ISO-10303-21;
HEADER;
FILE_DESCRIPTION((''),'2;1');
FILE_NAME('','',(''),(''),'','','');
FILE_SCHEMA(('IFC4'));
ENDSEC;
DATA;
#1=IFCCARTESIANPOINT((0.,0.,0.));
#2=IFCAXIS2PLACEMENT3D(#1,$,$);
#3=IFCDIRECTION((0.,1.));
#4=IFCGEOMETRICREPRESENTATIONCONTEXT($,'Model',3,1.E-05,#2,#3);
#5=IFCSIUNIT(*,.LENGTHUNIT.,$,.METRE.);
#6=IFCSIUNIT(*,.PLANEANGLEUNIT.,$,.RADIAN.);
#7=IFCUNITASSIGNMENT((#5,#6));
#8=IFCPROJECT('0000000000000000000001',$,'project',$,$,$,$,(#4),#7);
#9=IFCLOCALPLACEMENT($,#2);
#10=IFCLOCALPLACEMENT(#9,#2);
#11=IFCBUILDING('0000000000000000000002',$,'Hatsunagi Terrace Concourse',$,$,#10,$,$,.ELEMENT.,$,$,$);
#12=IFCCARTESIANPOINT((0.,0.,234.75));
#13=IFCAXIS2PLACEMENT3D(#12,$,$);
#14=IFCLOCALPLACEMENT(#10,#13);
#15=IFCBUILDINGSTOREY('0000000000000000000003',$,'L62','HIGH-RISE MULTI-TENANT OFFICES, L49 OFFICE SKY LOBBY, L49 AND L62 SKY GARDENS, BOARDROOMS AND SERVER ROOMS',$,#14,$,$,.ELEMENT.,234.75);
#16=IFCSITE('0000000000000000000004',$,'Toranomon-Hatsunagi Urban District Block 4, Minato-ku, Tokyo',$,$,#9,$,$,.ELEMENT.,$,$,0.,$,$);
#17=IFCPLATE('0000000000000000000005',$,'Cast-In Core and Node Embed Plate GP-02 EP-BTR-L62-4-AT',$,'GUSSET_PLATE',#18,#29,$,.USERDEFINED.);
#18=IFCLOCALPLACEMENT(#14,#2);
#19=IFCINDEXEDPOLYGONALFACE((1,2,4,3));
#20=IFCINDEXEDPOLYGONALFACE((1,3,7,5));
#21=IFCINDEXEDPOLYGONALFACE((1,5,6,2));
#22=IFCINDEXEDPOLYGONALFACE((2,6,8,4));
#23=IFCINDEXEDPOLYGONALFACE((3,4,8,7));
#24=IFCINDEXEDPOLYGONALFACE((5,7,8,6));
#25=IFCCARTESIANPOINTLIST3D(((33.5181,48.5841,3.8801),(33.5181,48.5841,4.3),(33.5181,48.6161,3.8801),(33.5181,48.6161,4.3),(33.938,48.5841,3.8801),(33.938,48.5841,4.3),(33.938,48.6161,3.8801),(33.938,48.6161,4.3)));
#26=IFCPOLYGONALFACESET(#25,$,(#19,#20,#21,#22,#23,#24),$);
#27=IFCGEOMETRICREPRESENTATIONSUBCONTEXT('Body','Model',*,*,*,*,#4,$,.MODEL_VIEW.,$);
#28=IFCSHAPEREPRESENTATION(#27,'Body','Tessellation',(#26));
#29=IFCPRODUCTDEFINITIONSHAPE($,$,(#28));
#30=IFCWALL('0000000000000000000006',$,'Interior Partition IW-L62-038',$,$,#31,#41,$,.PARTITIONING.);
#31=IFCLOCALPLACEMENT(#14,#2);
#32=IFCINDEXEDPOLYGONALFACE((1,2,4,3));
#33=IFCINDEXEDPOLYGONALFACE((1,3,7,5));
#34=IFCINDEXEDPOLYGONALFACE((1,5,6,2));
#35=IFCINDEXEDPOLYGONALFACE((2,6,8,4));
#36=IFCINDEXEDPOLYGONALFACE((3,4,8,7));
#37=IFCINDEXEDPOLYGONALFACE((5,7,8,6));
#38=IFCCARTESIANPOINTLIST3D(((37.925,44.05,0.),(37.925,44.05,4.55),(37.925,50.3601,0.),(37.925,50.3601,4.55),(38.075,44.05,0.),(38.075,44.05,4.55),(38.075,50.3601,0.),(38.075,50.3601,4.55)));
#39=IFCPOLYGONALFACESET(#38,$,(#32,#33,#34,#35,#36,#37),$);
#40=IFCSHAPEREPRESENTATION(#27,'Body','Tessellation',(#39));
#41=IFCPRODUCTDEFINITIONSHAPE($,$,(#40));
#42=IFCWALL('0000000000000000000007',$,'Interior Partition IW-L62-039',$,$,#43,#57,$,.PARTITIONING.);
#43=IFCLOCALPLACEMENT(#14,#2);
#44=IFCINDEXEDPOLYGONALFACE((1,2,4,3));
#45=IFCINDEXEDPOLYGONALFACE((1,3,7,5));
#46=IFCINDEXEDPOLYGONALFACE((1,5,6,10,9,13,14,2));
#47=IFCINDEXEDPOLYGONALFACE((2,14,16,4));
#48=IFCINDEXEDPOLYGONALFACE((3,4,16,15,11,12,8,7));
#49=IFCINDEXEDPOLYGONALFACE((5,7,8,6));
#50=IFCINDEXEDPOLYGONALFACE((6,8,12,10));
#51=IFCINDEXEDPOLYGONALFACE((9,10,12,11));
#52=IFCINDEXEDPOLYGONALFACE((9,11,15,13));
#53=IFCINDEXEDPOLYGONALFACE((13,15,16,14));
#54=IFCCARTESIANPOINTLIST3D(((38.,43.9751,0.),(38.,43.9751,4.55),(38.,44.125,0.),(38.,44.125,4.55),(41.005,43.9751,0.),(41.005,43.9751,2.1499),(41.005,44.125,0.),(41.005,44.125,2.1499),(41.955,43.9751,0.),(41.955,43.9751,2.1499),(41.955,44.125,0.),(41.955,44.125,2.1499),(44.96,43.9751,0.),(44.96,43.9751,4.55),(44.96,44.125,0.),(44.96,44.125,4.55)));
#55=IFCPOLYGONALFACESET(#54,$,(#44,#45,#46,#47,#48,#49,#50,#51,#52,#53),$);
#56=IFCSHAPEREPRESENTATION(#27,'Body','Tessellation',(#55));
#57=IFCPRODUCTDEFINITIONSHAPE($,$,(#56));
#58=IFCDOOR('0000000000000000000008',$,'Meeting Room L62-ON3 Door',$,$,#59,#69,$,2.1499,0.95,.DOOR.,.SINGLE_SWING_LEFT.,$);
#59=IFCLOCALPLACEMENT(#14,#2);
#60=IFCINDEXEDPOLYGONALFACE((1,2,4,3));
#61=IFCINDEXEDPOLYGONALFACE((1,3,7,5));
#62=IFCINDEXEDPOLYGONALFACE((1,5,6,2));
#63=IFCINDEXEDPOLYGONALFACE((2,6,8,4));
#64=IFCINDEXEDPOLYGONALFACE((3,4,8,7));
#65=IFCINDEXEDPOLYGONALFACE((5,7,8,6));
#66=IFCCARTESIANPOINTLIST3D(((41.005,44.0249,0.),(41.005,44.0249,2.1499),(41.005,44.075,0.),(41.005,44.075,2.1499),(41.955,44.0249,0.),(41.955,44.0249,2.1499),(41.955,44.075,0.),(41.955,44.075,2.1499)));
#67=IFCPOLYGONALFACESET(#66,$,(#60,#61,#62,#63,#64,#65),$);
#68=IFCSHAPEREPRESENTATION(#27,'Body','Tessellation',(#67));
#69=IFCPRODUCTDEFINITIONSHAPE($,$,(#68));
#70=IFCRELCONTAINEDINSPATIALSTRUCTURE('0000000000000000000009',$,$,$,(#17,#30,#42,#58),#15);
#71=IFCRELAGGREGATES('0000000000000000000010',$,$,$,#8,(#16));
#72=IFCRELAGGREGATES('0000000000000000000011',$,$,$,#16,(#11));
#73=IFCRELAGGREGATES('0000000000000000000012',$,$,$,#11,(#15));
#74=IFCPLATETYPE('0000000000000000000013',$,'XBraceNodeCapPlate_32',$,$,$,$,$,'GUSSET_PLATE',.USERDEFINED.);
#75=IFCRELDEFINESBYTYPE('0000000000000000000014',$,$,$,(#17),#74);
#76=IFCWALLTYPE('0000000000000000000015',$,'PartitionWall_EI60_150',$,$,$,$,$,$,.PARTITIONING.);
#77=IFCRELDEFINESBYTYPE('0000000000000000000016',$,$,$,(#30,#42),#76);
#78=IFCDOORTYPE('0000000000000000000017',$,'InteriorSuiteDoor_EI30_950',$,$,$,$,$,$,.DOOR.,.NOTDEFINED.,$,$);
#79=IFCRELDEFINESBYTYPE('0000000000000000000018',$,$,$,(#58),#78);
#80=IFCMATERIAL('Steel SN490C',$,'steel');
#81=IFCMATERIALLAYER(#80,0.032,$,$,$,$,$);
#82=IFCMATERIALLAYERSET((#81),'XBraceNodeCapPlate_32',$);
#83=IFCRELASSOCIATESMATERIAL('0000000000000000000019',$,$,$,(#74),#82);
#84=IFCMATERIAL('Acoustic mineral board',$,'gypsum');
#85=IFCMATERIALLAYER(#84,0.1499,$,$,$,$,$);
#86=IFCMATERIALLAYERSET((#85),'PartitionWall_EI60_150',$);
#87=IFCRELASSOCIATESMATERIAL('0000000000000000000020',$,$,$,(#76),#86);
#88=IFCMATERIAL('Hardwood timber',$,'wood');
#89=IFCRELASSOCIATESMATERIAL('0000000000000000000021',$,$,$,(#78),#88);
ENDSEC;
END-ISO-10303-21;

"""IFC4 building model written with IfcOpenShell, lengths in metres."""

from ifc_helpers import new_model, si_unit, direction, frame, frame_2d, origin, origin_2d, place, context, subcontext, project, spatial, rectangle, extrude, material, layer, layer_set, type_object, element, fill, save


model = new_model("IFC4")

# Units and contexts
model_context = context("Model", 3, precision=1e-05, world=origin(), true_north=direction((0.0, 1.0)))
body_context = subcontext(model_context, "Body", "Model", "MODEL_VIEW")
ifc_project = project(units=[si_unit("LENGTHUNIT", "METRE"), si_unit("PLANEANGLEUNIT", "RADIAN")], contexts=[model_context])

# Site, building, storey
site_placement = place(None, origin())
site = spatial("IfcSite", under=ifc_project, at=site_placement, Name="Toranomon-Hatsunagi Urban District Block 4, Minato-ku, Tokyo", CompositionType="ELEMENT", RefElevation=0.0)
building_placement = place(site_placement, origin())
building = spatial("IfcBuilding", under=site, at=building_placement, Name="Hatsunagi Terrace Concourse", CompositionType="ELEMENT")
storey_placement = place(building_placement, frame((0.0, 0.0, 234.75)))
storey = spatial("IfcBuildingStorey", under=building, at=storey_placement, Name="L62", Description="HIGH-RISE MULTI-TENANT OFFICES, L49 OFFICE SKY LOBBY, L49 AND L62 SKY GARDENS, BOARDROOMS AND SERVER ROOMS", CompositionType="ELEMENT", Elevation=234.75)

# Plate
ifc_material_1 = material(Name="Steel SN490C", Category="steel")
ifc_layer_1 = layer(ifc_material_1, 0.032)
ifc_layer_set_1 = layer_set([ifc_layer_1], Name="XBraceNodeCapPlate_32")
plate_type = type_object("IfcPlateType", Name="XBraceNodeCapPlate_32", ElementType="GUSSET_PLATE", PredefinedType="USERDEFINED", material=ifc_layer_set_1)
for number, where, z_axis, x_axis, name in (
    (1, (33.728, 48.6001, 3.8801), (0.0, 0.0, 1.0), (1.0, 0.0, 0.0), "Cast-In Core and Node Embed Plate GP-02 EP-BTR-L62-4-AT"),
):
    element("IfcPlate", number, at=place(storey_placement, frame(where, z_axis=z_axis, x_axis=x_axis)), inside=storey, type_object=plate_type, Name=name, ObjectType="GUSSET_PLATE", PredefinedType="USERDEFINED", context=body_context, shape_type="SweptSolid", body=[
        extrude(rectangle(XDim=0.4199, YDim=0.032, at=origin_2d()), origin(), (0.0, 0.0, 1.0), 0.4199),
    ])

# Wall
ifc_material_2 = material(Name="Acoustic mineral board", Category="gypsum")
ifc_layer_2 = layer(ifc_material_2, 0.1499)
ifc_layer_set_2 = layer_set([ifc_layer_2], Name="PartitionWall_EI60_150")
wall_type = type_object("IfcWallType", Name="PartitionWall_EI60_150", PredefinedType="PARTITIONING", material=ifc_layer_set_2)
wall_1_placement = place(storey_placement, frame((38.0, 44.05, 0.0), z_axis=(0.0, 0.0, 1.0), x_axis=(0.0, 1.0, 0.0)))
element("IfcWall", 2, at=wall_1_placement, inside=storey, type_object=wall_type, Name="Interior Partition IW-L62-038", PredefinedType="PARTITIONING", context=body_context, shape_type="SweptSolid", body=[
    extrude(rectangle(XDim=6.3101, YDim=0.1499, at=frame_2d((3.155, 0.0))), origin(), (0.0, 0.0, 1.0), 4.55),
])

# Wall, opening, door
wall_2_placement = place(storey_placement, frame((38.0, 44.05, 0.0), z_axis=(0.0, 0.0, 1.0), x_axis=(1.0, 0.0, 0.0)))
wall_2 = element("IfcWall", 3, at=wall_2_placement, inside=storey, type_object=wall_type, Name="Interior Partition IW-L62-039", PredefinedType="PARTITIONING", context=body_context, shape_type="SweptSolid", body=[
    extrude(rectangle(XDim=6.96, YDim=0.1499, at=frame_2d((3.48, 0.0))), origin(), (0.0, 0.0, 1.0), 4.55),
])
opening_placement = place(wall_2_placement, frame((3.0049, 0.0, 0.0)))
opening = element("IfcOpeningElement", 4, at=opening_placement, cuts=wall_2, PredefinedType="OPENING", context=body_context, shape_type="SweptSolid", body=[
    extrude(rectangle(XDim=0.95, YDim=2.1499, at=frame_2d((0.4751, 1.075))), frame((0.0, 0.085, 0.0), z_axis=(0.0, -1.0, 0.0), x_axis=(1.0, 0.0, 0.0)), (0.0, 0.0, 1.0), 0.1699),
])
ifc_material_3 = material(Name="Hardwood timber", Category="wood")
door_type = type_object("IfcDoorType", Name="InteriorSuiteDoor_EI30_950", OperationType="NOTDEFINED", PredefinedType="DOOR", material=ifc_material_3)
door_placement = place(opening_placement, origin())
door = element("IfcDoor", 5, at=door_placement, inside=storey, type_object=door_type, Name="Meeting Room L62-ON3 Door", OperationType="SINGLE_SWING_LEFT", OverallHeight=2.1499, OverallWidth=0.95, PredefinedType="DOOR", context=body_context, shape_type="SweptSolid", body=[
    extrude(rectangle(XDim=0.95, YDim=2.1499, at=frame_2d((0.4751, 1.075))), frame((0.0, 0.0249, 0.0), z_axis=(0.0, -1.0, 0.0), x_axis=(1.0, 0.0, 0.0)), (0.0, 0.0, 1.0), 0.05),
])
fill(opening, door)

save(model, "model.ifc")
